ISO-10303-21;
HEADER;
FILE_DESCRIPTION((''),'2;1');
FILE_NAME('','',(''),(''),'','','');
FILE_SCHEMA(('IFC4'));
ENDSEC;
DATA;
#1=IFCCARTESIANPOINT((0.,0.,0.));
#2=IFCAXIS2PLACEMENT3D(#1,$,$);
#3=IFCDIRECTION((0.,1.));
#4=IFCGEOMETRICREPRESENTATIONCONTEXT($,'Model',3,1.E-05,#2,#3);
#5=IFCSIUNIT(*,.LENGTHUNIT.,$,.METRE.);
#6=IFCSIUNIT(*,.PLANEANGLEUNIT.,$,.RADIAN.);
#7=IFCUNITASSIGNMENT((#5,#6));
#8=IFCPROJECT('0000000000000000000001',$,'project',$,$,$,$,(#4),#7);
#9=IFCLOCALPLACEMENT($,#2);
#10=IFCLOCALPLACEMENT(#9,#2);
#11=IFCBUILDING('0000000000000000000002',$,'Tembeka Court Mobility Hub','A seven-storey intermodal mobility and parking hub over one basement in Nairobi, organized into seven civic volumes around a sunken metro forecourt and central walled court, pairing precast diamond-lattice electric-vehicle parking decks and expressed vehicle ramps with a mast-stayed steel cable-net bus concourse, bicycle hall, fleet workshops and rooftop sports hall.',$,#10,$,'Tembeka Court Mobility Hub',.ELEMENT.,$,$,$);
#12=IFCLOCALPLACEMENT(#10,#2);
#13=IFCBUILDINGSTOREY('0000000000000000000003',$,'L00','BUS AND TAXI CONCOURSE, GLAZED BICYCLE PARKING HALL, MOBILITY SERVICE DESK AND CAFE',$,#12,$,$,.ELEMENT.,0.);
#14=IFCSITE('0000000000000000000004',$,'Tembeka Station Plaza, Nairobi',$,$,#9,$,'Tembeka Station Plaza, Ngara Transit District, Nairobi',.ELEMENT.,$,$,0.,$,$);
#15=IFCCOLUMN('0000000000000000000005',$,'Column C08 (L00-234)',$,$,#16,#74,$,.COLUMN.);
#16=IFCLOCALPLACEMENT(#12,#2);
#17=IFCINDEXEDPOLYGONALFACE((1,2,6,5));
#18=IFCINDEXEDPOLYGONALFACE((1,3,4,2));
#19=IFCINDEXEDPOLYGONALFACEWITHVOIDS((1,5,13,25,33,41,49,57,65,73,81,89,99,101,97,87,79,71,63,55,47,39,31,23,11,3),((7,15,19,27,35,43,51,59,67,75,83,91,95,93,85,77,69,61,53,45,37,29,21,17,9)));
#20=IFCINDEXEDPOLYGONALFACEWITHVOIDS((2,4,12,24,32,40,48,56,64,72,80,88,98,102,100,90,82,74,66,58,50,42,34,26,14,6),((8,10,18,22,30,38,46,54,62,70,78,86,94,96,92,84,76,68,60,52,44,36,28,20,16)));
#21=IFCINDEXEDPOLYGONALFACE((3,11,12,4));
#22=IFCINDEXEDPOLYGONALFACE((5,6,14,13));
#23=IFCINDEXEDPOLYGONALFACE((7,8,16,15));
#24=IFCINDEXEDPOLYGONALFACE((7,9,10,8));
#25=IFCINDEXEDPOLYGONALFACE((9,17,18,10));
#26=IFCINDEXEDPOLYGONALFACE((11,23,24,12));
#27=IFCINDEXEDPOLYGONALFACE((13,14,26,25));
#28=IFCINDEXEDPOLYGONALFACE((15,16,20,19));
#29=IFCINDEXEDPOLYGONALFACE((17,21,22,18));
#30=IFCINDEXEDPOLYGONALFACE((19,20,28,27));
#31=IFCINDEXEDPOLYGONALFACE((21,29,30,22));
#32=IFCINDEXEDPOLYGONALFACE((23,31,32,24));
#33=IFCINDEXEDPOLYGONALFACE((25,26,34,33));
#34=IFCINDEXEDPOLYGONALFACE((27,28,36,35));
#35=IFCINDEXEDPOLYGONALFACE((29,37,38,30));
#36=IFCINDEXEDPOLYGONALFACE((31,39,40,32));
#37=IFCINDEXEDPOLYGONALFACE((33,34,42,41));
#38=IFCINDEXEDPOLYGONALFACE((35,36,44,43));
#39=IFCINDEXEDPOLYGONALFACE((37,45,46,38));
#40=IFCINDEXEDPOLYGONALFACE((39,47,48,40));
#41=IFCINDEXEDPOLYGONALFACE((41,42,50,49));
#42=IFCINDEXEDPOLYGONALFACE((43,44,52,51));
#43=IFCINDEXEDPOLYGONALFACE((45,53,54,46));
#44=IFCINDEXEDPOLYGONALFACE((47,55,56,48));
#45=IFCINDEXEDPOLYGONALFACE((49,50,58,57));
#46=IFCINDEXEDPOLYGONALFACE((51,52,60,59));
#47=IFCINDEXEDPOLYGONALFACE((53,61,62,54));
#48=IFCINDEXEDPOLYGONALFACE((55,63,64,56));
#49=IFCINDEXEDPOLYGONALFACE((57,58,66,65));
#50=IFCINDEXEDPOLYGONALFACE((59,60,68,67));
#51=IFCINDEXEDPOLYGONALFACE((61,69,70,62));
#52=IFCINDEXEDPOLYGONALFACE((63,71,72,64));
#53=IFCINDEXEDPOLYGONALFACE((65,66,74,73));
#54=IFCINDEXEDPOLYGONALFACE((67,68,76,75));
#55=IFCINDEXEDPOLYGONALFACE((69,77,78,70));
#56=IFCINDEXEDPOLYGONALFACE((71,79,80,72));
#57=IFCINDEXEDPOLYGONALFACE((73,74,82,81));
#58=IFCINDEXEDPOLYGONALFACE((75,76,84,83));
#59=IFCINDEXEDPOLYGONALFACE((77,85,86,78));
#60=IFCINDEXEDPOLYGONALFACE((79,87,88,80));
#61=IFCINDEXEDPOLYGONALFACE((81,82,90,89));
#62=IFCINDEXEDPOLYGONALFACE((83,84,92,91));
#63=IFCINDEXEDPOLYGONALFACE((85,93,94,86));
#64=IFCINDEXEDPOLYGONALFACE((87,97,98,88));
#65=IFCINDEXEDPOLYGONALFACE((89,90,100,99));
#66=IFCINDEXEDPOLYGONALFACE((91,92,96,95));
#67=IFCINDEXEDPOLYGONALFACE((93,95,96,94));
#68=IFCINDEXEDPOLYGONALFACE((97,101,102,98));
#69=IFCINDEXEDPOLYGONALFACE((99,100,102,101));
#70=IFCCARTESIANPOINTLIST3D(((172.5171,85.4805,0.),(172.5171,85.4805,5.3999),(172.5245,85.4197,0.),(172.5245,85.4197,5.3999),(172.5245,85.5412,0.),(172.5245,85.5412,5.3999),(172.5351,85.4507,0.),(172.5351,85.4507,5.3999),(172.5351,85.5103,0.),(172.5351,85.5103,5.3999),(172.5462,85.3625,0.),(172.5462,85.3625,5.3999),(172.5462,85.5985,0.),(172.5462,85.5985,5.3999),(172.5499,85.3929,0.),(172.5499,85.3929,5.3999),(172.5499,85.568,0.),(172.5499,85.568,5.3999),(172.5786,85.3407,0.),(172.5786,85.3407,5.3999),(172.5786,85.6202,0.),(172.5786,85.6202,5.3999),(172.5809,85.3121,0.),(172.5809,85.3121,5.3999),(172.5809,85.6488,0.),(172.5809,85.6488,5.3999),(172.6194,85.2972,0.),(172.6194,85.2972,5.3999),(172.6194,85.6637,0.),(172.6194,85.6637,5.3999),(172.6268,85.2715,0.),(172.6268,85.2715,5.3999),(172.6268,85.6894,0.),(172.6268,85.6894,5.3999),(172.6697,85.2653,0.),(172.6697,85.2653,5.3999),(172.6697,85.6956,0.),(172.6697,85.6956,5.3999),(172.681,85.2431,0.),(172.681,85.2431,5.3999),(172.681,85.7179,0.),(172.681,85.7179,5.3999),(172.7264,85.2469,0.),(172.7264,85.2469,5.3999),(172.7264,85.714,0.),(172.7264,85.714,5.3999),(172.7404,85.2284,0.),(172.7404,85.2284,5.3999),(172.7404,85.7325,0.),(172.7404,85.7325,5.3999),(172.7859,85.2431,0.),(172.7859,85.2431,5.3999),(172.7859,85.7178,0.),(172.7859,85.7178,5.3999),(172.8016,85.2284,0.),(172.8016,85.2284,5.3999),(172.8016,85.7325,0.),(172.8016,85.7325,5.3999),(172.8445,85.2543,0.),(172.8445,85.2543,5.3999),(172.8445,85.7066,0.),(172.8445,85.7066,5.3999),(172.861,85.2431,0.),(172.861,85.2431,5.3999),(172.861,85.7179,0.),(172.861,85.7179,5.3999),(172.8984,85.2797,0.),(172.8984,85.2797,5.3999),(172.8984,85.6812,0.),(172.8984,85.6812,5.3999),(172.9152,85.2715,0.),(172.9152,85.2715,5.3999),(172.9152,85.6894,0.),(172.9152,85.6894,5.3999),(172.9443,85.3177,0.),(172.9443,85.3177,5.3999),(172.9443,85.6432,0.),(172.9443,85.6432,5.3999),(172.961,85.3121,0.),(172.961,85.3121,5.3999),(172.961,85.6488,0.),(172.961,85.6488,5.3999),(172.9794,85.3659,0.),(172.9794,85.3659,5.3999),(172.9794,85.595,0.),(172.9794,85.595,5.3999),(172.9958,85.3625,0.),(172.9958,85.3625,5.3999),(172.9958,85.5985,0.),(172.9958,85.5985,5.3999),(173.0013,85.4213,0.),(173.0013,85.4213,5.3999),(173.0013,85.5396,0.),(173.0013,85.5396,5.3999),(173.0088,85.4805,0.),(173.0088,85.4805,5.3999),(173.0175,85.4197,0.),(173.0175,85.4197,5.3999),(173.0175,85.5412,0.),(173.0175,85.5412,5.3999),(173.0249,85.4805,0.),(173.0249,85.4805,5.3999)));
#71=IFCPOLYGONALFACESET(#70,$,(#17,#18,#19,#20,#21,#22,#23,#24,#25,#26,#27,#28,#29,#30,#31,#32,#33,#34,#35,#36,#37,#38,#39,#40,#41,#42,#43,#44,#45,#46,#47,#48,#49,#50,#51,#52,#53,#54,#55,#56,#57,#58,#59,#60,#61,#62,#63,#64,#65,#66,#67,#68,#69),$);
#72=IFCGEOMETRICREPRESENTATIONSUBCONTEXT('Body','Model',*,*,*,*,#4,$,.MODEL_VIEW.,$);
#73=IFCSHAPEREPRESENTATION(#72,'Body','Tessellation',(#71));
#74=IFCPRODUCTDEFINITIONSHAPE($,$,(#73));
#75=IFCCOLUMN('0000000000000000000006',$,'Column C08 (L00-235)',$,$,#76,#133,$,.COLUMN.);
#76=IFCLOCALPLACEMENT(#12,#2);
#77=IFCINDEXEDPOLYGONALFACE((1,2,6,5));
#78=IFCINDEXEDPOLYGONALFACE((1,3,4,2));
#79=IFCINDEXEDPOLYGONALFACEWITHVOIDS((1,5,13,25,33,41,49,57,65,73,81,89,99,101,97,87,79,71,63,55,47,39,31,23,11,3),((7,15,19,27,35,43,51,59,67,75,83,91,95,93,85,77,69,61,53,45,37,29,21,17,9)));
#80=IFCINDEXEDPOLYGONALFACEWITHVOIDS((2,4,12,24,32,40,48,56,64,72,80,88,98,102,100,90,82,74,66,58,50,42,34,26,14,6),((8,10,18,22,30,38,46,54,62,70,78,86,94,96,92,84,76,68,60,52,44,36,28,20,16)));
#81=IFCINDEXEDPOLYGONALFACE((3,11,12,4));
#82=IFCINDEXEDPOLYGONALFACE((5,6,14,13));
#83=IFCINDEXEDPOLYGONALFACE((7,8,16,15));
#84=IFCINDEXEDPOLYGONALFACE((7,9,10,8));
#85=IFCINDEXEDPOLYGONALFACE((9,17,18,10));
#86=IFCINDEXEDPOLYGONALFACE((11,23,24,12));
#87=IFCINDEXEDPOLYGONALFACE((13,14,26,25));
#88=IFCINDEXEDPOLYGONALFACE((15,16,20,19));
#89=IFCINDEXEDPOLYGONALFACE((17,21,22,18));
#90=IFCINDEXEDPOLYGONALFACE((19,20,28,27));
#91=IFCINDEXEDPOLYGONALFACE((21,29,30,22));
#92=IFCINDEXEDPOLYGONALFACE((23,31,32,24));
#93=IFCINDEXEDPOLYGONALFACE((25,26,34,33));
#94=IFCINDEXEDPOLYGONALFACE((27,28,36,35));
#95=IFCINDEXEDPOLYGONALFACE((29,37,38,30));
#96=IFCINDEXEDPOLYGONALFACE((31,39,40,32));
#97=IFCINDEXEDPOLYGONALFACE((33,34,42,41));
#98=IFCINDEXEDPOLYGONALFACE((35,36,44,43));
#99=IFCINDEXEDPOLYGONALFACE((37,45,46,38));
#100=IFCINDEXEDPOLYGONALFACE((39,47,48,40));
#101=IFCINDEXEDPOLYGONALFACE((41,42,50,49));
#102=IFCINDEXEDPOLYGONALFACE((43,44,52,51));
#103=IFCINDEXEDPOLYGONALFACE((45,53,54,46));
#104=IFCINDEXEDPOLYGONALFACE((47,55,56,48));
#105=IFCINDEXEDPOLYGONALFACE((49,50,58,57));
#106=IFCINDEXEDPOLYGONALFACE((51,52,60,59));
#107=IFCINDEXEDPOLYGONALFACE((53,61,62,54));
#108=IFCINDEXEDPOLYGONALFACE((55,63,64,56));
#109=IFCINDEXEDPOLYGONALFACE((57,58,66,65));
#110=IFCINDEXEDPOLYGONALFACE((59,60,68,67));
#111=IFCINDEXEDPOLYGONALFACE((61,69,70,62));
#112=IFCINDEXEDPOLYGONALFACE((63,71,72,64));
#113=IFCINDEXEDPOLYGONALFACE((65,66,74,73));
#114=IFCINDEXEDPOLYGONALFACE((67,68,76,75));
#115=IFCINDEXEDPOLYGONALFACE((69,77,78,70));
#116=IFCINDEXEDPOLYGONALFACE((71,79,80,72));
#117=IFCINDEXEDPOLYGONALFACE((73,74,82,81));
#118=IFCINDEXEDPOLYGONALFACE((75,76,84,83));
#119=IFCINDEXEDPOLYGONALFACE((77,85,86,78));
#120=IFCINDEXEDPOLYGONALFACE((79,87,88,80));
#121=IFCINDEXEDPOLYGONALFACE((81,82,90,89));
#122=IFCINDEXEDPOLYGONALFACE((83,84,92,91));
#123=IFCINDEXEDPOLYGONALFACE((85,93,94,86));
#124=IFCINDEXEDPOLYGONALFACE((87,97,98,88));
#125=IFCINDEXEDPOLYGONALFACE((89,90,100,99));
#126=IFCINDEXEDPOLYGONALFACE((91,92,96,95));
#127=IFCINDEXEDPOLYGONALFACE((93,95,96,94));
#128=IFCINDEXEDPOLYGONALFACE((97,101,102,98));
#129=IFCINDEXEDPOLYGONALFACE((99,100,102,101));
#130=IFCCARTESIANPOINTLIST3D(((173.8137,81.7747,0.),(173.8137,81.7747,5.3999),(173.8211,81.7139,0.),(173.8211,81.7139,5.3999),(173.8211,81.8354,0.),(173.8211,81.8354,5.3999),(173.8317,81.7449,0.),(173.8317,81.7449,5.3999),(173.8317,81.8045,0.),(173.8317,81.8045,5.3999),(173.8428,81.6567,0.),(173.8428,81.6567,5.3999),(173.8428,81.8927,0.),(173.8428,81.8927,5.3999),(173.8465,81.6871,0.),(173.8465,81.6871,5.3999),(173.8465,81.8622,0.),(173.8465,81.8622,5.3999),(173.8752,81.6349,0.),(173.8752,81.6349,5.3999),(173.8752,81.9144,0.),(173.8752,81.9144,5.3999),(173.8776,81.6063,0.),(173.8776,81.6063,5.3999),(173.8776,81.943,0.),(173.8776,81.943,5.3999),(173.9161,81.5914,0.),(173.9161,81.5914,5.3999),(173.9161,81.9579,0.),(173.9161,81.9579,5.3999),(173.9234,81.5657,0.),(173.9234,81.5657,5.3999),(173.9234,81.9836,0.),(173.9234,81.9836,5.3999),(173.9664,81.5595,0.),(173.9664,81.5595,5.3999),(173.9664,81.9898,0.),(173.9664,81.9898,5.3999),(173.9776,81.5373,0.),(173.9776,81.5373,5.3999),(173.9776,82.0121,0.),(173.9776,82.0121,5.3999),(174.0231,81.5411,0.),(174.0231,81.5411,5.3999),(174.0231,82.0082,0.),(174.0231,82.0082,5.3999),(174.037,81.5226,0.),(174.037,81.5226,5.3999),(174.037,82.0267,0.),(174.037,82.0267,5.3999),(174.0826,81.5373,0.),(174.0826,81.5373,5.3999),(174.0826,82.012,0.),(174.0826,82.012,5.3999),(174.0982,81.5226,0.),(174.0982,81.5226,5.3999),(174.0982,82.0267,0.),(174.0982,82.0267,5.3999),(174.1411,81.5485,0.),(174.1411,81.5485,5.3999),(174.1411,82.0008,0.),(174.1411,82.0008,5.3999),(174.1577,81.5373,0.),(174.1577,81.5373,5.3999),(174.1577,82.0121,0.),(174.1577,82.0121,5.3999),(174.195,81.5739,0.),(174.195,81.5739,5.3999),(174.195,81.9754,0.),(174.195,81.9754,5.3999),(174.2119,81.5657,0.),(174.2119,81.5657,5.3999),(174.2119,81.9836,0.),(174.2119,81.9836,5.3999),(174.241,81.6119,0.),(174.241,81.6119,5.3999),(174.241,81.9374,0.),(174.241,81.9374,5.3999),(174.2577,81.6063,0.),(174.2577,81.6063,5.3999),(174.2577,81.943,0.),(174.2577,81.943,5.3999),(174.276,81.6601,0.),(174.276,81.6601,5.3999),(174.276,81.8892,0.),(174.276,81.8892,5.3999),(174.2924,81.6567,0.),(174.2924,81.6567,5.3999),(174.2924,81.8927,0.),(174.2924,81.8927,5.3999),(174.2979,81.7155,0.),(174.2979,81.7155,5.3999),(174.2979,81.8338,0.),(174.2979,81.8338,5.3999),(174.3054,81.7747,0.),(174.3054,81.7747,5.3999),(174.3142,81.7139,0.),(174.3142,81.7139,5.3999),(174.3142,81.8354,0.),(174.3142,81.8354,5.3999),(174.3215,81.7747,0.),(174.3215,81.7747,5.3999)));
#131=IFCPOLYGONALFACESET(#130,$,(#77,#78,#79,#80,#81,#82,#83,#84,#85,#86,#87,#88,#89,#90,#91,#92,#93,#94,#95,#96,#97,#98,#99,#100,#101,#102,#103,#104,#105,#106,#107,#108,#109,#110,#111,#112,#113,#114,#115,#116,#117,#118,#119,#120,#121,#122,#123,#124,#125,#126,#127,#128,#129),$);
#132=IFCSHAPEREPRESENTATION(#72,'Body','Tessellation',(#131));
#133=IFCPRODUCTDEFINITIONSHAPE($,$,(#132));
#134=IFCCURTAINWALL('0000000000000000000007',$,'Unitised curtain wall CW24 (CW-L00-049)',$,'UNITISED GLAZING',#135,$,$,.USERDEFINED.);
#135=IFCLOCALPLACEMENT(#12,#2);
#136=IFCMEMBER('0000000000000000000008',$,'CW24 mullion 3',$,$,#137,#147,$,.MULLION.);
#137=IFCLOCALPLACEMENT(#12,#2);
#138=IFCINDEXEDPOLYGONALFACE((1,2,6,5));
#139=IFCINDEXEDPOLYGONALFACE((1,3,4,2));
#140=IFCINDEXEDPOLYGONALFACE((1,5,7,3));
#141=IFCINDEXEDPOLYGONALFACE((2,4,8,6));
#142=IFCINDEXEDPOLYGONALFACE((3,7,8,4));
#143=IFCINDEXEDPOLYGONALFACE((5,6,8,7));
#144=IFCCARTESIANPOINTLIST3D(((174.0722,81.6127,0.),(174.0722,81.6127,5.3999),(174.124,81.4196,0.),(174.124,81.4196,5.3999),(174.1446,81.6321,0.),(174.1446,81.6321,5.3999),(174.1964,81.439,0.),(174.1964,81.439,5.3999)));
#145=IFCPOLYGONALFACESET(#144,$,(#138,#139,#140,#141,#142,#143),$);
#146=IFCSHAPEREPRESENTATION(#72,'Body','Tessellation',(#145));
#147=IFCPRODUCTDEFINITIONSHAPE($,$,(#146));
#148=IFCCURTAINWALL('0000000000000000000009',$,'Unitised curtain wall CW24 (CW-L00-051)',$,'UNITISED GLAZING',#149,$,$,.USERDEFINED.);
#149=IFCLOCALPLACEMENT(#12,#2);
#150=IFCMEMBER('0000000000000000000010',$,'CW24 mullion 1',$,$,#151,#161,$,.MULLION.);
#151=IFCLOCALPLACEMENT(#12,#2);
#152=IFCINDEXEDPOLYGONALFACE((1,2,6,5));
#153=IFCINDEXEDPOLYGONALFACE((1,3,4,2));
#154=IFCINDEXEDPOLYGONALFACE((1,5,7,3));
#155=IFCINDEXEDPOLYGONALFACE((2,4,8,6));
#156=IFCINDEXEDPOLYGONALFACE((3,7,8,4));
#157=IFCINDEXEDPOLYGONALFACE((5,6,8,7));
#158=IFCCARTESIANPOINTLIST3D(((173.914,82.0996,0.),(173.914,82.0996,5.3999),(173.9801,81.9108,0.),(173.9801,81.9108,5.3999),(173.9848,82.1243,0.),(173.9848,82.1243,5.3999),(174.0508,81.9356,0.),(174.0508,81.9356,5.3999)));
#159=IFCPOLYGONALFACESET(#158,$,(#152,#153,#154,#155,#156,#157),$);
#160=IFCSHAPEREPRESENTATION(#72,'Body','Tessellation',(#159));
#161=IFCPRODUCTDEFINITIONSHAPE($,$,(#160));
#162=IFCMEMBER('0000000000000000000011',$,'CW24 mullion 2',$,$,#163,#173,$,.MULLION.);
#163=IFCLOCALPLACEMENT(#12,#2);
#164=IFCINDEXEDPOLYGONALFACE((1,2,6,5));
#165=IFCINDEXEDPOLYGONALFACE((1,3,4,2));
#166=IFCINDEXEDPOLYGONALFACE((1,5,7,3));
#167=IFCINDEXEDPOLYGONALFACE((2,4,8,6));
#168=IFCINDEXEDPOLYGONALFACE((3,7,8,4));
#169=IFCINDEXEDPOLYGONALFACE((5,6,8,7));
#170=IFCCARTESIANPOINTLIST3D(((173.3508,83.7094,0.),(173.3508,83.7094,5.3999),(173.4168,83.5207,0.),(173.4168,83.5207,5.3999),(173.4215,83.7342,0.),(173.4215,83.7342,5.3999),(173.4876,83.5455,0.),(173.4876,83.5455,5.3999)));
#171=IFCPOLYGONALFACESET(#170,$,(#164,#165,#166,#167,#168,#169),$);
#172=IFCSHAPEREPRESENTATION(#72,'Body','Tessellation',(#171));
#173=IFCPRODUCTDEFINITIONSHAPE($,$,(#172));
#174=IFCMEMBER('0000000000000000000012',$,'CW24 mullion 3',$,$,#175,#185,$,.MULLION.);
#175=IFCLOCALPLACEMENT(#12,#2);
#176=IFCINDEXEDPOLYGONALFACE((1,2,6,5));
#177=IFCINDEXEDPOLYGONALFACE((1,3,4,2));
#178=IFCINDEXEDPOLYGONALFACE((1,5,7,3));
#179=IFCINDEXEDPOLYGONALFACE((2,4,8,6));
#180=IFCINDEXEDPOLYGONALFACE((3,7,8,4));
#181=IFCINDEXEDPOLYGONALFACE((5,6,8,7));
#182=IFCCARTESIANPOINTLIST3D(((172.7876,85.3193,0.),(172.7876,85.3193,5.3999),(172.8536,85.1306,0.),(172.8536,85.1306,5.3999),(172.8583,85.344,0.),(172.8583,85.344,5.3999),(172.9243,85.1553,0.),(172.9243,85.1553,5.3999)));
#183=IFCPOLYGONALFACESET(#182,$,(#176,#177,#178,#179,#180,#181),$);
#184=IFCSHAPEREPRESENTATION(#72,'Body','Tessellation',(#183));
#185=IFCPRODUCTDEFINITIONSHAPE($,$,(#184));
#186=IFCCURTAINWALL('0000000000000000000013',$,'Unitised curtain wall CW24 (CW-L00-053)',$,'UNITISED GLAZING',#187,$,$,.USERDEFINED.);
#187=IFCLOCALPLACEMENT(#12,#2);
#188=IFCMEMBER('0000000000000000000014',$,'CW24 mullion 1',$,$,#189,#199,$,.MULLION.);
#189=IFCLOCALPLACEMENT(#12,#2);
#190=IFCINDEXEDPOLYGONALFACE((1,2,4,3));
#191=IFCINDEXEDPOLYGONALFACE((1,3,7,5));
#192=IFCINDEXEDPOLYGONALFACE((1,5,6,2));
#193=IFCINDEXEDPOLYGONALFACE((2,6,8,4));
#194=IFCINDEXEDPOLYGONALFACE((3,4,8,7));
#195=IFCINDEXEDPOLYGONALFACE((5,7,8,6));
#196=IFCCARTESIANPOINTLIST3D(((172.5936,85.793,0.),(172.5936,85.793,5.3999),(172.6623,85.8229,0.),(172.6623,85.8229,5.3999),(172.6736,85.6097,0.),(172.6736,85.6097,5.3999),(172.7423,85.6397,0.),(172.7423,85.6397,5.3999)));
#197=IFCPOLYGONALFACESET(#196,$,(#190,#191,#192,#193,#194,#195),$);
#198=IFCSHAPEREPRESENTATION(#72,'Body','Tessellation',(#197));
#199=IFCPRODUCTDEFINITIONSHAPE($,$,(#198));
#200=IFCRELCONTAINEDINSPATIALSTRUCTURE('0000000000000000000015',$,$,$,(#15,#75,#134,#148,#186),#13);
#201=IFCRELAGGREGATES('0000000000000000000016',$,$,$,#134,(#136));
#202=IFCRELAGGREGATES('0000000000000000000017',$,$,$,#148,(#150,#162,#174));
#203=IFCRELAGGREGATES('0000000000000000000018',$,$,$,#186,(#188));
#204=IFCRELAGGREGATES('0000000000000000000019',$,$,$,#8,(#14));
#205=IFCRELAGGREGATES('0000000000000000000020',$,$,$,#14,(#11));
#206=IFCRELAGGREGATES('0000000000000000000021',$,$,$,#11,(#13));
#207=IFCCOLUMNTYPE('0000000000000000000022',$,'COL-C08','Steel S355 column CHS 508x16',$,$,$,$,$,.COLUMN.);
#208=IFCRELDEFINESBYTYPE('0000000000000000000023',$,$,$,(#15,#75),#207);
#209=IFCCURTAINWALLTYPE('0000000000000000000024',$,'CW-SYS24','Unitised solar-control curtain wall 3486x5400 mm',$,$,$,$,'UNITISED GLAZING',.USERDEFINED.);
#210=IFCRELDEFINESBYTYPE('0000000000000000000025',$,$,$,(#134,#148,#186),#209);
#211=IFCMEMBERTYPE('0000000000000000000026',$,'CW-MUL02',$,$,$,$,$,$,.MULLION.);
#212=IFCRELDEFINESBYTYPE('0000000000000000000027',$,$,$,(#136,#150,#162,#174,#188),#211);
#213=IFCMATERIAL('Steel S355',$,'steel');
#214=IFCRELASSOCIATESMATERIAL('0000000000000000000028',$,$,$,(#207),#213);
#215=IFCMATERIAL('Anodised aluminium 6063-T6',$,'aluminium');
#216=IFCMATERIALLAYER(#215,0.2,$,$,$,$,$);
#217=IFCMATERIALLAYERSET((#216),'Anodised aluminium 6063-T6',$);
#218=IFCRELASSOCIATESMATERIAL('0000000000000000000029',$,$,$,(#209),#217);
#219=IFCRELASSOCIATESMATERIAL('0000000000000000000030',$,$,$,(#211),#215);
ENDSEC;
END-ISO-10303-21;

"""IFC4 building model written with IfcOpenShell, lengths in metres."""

from ifc_helpers import new_model, si_unit, direction, frame, origin, origin_2d, place, context, subcontext, project, spatial, rectangle, hollow_circle, extrude, material, layer, layer_set, material_profile, profile_set, type_object, element, aggregate, save


model = new_model("IFC4")

# Units and contexts
model_context = context("Model", 3, precision=1e-05, world=origin(), true_north=direction((0.0, 1.0)))
body_context = subcontext(model_context, "Body", "Model", "MODEL_VIEW")
ifc_project = project(units=[si_unit("LENGTHUNIT", "METRE"), si_unit("PLANEANGLEUNIT", "RADIAN")], contexts=[model_context])

# Site, building, storey
site_placement = place(None, origin())
site = spatial("IfcSite", under=ifc_project, at=site_placement, Name="Tembeka Station Plaza, Nairobi", LongName="Tembeka Station Plaza, Ngara Transit District, Nairobi", CompositionType="ELEMENT", RefElevation=0.0)
building_placement = place(site_placement, origin())
building = spatial("IfcBuilding", under=site, at=building_placement, Name="Tembeka Court Mobility Hub", Description="A seven-storey intermodal mobility and parking hub over one basement in Nairobi, organized into seven civic volumes around a sunken metro forecourt and central walled court, pairing precast diamond-lattice electric-vehicle parking decks and expressed vehicle ramps with a mast-stayed steel cable-net bus concourse, bicycle hall, fleet workshops and rooftop sports hall.", LongName="Tembeka Court Mobility Hub", CompositionType="ELEMENT")
storey_placement = place(building_placement, origin())
storey = spatial("IfcBuildingStorey", under=building, at=storey_placement, Name="L00", Description="BUS AND TAXI CONCOURSE, GLAZED BICYCLE PARKING HALL, MOBILITY SERVICE DESK AND CAFE", CompositionType="ELEMENT", Elevation=0.0)

# Columns
ifc_material_1 = material(Name="Steel S355", Category="steel")
ifc_material_profile_1 = material_profile(ifc_material_1, hollow_circle(Radius=0.2539, WallThickness=0.0161, at=origin_2d()), Name="CHS 508x16")
ifc_profile_set_1 = profile_set([ifc_material_profile_1], Name="Steel S355")
column_type = type_object("IfcColumnType", Name="COL-C08", Description="Steel S355 column CHS 508x16", PredefinedType="COLUMN", material=ifc_profile_set_1)
for number, where, z_axis, x_axis, name in (
    (1, (172.771, 85.4805, 0.0), (0.0, 0.0, 1.0), (1.0, 0.0, 0.0), "Column C08 (L00-234)"),
    (2, (174.0676, 81.7747, 0.0), (0.0, 0.0, 1.0), (1.0, 0.0, 0.0), "Column C08 (L00-235)"),
):
    element("IfcColumn", number, at=place(storey_placement, frame(where, z_axis=z_axis, x_axis=x_axis)), inside=storey, type_object=column_type, Name=name, PredefinedType="COLUMN", context=body_context, shape_type="SweptSolid", body=[
        extrude(hollow_circle(Radius=0.2539, WallThickness=0.0161, at=origin_2d()), origin(), (0.0, 0.0, 1.0), 5.3999),
    ])

# Curtain wall, member
ifc_material_2 = material(Name="Anodised aluminium 6063-T6", Category="aluminium")
ifc_layer_1 = layer(ifc_material_2, 0.2)
ifc_layer_set_1 = layer_set([ifc_layer_1], Name="Anodised aluminium 6063-T6")
curtain_wall_type = type_object("IfcCurtainWallType", Name="CW-SYS24", Description="Unitised solar-control curtain wall 3486x5400 mm", ElementType="UNITISED GLAZING", PredefinedType="USERDEFINED", material=ifc_layer_set_1)
curtain_wall_1_placement = place(storey_placement, origin())
curtain_wall_1 = element("IfcCurtainWall", 3, at=curtain_wall_1_placement, inside=storey, type_object=curtain_wall_type, Name="Unitised curtain wall CW24 (CW-L00-049)", ObjectType="UNITISED GLAZING", PredefinedType="USERDEFINED")
ifc_material_profile_2 = material_profile(ifc_material_2, rectangle(XDim=0.075, YDim=0.2, at=origin_2d()), Name="ALU-MUL 75x200")
ifc_profile_set_2 = profile_set([ifc_material_profile_2], Name="Anodised aluminium 6063-T6")
member_type_1 = type_object("IfcMemberType", Name="CW-MUL02", PredefinedType="MULLION", material=ifc_profile_set_2)
member_1_placement = place(storey_placement, frame((174.1343, 81.5259, 0.0), z_axis=(0.0, 0.0, 1.0), x_axis=(-0.965923, -0.258828, 0.0)))
member_1 = element("IfcMember", 4, at=member_1_placement, type_object=member_type_1, Name="CW24 mullion 3", PredefinedType="MULLION", context=body_context, shape_type="SweptSolid", body=[
    extrude(rectangle(XDim=0.075, YDim=0.2, at=origin_2d()), origin(), (0.0, 0.0, 1.0), 5.3999),
])

# Curtain wall, members
curtain_wall_2_placement = place(storey_placement, origin())
curtain_wall_2 = element("IfcCurtainWall", 5, at=curtain_wall_2_placement, inside=storey, type_object=curtain_wall_type, Name="Unitised curtain wall CW24 (CW-L00-051)", ObjectType="UNITISED GLAZING", PredefinedType="USERDEFINED")
member_2_placement = place(storey_placement, frame((173.9824, 82.0176, 0.0), z_axis=(0.0, 0.0, 1.0), x_axis=(-0.943889, -0.330264, 0.0)))
member_2 = element("IfcMember", 6, at=member_2_placement, type_object=member_type_1, Name="CW24 mullion 1", PredefinedType="MULLION", context=body_context, shape_type="SweptSolid", body=[
    extrude(rectangle(XDim=0.075, YDim=0.2, at=origin_2d()), origin(), (0.0, 0.0, 1.0), 5.3999),
])
member_3_placement = place(storey_placement, frame((173.4192, 83.6274, 0.0), z_axis=(0.0, 0.0, 1.0), x_axis=(-0.943889, -0.330264, 0.0)))
member_3 = element("IfcMember", 7, at=member_3_placement, type_object=member_type_1, Name="CW24 mullion 2", PredefinedType="MULLION", context=body_context, shape_type="SweptSolid", body=[
    extrude(rectangle(XDim=0.075, YDim=0.2, at=origin_2d()), origin(), (0.0, 0.0, 1.0), 5.3999),
])
member_4_placement = place(storey_placement, frame((172.856, 85.2373, 0.0), z_axis=(0.0, 0.0, 1.0), x_axis=(-0.943889, -0.330264, 0.0)))
member_4 = element("IfcMember", 8, at=member_4_placement, type_object=member_type_1, Name="CW24 mullion 3", PredefinedType="MULLION", context=body_context, shape_type="SweptSolid", body=[
    extrude(rectangle(XDim=0.075, YDim=0.2, at=origin_2d()), origin(), (0.0, 0.0, 1.0), 5.3999),
])

# Curtain wall, member
curtain_wall_3_placement = place(storey_placement, origin())
curtain_wall_3 = element("IfcCurtainWall", 9, at=curtain_wall_3_placement, inside=storey, type_object=curtain_wall_type, Name="Unitised curtain wall CW24 (CW-L00-053)", ObjectType="UNITISED GLAZING", PredefinedType="USERDEFINED")
member_5_placement = place(storey_placement, frame((172.668, 85.7163, 0.0), z_axis=(0.0, 0.0, 1.0), x_axis=(-0.916572, -0.399869, 0.0)))
member_5 = element("IfcMember", 10, at=member_5_placement, type_object=member_type_1, Name="CW24 mullion 1", PredefinedType="MULLION", context=body_context, shape_type="SweptSolid", body=[
    extrude(rectangle(XDim=0.075, YDim=0.2, at=origin_2d()), origin(), (0.0, 0.0, 1.0), 5.3999),
])

aggregate(curtain_wall_1, [member_1])
aggregate(curtain_wall_2, [member_2, member_3, member_4])
aggregate(curtain_wall_3, [member_5])

save(model, "model.ifc")
